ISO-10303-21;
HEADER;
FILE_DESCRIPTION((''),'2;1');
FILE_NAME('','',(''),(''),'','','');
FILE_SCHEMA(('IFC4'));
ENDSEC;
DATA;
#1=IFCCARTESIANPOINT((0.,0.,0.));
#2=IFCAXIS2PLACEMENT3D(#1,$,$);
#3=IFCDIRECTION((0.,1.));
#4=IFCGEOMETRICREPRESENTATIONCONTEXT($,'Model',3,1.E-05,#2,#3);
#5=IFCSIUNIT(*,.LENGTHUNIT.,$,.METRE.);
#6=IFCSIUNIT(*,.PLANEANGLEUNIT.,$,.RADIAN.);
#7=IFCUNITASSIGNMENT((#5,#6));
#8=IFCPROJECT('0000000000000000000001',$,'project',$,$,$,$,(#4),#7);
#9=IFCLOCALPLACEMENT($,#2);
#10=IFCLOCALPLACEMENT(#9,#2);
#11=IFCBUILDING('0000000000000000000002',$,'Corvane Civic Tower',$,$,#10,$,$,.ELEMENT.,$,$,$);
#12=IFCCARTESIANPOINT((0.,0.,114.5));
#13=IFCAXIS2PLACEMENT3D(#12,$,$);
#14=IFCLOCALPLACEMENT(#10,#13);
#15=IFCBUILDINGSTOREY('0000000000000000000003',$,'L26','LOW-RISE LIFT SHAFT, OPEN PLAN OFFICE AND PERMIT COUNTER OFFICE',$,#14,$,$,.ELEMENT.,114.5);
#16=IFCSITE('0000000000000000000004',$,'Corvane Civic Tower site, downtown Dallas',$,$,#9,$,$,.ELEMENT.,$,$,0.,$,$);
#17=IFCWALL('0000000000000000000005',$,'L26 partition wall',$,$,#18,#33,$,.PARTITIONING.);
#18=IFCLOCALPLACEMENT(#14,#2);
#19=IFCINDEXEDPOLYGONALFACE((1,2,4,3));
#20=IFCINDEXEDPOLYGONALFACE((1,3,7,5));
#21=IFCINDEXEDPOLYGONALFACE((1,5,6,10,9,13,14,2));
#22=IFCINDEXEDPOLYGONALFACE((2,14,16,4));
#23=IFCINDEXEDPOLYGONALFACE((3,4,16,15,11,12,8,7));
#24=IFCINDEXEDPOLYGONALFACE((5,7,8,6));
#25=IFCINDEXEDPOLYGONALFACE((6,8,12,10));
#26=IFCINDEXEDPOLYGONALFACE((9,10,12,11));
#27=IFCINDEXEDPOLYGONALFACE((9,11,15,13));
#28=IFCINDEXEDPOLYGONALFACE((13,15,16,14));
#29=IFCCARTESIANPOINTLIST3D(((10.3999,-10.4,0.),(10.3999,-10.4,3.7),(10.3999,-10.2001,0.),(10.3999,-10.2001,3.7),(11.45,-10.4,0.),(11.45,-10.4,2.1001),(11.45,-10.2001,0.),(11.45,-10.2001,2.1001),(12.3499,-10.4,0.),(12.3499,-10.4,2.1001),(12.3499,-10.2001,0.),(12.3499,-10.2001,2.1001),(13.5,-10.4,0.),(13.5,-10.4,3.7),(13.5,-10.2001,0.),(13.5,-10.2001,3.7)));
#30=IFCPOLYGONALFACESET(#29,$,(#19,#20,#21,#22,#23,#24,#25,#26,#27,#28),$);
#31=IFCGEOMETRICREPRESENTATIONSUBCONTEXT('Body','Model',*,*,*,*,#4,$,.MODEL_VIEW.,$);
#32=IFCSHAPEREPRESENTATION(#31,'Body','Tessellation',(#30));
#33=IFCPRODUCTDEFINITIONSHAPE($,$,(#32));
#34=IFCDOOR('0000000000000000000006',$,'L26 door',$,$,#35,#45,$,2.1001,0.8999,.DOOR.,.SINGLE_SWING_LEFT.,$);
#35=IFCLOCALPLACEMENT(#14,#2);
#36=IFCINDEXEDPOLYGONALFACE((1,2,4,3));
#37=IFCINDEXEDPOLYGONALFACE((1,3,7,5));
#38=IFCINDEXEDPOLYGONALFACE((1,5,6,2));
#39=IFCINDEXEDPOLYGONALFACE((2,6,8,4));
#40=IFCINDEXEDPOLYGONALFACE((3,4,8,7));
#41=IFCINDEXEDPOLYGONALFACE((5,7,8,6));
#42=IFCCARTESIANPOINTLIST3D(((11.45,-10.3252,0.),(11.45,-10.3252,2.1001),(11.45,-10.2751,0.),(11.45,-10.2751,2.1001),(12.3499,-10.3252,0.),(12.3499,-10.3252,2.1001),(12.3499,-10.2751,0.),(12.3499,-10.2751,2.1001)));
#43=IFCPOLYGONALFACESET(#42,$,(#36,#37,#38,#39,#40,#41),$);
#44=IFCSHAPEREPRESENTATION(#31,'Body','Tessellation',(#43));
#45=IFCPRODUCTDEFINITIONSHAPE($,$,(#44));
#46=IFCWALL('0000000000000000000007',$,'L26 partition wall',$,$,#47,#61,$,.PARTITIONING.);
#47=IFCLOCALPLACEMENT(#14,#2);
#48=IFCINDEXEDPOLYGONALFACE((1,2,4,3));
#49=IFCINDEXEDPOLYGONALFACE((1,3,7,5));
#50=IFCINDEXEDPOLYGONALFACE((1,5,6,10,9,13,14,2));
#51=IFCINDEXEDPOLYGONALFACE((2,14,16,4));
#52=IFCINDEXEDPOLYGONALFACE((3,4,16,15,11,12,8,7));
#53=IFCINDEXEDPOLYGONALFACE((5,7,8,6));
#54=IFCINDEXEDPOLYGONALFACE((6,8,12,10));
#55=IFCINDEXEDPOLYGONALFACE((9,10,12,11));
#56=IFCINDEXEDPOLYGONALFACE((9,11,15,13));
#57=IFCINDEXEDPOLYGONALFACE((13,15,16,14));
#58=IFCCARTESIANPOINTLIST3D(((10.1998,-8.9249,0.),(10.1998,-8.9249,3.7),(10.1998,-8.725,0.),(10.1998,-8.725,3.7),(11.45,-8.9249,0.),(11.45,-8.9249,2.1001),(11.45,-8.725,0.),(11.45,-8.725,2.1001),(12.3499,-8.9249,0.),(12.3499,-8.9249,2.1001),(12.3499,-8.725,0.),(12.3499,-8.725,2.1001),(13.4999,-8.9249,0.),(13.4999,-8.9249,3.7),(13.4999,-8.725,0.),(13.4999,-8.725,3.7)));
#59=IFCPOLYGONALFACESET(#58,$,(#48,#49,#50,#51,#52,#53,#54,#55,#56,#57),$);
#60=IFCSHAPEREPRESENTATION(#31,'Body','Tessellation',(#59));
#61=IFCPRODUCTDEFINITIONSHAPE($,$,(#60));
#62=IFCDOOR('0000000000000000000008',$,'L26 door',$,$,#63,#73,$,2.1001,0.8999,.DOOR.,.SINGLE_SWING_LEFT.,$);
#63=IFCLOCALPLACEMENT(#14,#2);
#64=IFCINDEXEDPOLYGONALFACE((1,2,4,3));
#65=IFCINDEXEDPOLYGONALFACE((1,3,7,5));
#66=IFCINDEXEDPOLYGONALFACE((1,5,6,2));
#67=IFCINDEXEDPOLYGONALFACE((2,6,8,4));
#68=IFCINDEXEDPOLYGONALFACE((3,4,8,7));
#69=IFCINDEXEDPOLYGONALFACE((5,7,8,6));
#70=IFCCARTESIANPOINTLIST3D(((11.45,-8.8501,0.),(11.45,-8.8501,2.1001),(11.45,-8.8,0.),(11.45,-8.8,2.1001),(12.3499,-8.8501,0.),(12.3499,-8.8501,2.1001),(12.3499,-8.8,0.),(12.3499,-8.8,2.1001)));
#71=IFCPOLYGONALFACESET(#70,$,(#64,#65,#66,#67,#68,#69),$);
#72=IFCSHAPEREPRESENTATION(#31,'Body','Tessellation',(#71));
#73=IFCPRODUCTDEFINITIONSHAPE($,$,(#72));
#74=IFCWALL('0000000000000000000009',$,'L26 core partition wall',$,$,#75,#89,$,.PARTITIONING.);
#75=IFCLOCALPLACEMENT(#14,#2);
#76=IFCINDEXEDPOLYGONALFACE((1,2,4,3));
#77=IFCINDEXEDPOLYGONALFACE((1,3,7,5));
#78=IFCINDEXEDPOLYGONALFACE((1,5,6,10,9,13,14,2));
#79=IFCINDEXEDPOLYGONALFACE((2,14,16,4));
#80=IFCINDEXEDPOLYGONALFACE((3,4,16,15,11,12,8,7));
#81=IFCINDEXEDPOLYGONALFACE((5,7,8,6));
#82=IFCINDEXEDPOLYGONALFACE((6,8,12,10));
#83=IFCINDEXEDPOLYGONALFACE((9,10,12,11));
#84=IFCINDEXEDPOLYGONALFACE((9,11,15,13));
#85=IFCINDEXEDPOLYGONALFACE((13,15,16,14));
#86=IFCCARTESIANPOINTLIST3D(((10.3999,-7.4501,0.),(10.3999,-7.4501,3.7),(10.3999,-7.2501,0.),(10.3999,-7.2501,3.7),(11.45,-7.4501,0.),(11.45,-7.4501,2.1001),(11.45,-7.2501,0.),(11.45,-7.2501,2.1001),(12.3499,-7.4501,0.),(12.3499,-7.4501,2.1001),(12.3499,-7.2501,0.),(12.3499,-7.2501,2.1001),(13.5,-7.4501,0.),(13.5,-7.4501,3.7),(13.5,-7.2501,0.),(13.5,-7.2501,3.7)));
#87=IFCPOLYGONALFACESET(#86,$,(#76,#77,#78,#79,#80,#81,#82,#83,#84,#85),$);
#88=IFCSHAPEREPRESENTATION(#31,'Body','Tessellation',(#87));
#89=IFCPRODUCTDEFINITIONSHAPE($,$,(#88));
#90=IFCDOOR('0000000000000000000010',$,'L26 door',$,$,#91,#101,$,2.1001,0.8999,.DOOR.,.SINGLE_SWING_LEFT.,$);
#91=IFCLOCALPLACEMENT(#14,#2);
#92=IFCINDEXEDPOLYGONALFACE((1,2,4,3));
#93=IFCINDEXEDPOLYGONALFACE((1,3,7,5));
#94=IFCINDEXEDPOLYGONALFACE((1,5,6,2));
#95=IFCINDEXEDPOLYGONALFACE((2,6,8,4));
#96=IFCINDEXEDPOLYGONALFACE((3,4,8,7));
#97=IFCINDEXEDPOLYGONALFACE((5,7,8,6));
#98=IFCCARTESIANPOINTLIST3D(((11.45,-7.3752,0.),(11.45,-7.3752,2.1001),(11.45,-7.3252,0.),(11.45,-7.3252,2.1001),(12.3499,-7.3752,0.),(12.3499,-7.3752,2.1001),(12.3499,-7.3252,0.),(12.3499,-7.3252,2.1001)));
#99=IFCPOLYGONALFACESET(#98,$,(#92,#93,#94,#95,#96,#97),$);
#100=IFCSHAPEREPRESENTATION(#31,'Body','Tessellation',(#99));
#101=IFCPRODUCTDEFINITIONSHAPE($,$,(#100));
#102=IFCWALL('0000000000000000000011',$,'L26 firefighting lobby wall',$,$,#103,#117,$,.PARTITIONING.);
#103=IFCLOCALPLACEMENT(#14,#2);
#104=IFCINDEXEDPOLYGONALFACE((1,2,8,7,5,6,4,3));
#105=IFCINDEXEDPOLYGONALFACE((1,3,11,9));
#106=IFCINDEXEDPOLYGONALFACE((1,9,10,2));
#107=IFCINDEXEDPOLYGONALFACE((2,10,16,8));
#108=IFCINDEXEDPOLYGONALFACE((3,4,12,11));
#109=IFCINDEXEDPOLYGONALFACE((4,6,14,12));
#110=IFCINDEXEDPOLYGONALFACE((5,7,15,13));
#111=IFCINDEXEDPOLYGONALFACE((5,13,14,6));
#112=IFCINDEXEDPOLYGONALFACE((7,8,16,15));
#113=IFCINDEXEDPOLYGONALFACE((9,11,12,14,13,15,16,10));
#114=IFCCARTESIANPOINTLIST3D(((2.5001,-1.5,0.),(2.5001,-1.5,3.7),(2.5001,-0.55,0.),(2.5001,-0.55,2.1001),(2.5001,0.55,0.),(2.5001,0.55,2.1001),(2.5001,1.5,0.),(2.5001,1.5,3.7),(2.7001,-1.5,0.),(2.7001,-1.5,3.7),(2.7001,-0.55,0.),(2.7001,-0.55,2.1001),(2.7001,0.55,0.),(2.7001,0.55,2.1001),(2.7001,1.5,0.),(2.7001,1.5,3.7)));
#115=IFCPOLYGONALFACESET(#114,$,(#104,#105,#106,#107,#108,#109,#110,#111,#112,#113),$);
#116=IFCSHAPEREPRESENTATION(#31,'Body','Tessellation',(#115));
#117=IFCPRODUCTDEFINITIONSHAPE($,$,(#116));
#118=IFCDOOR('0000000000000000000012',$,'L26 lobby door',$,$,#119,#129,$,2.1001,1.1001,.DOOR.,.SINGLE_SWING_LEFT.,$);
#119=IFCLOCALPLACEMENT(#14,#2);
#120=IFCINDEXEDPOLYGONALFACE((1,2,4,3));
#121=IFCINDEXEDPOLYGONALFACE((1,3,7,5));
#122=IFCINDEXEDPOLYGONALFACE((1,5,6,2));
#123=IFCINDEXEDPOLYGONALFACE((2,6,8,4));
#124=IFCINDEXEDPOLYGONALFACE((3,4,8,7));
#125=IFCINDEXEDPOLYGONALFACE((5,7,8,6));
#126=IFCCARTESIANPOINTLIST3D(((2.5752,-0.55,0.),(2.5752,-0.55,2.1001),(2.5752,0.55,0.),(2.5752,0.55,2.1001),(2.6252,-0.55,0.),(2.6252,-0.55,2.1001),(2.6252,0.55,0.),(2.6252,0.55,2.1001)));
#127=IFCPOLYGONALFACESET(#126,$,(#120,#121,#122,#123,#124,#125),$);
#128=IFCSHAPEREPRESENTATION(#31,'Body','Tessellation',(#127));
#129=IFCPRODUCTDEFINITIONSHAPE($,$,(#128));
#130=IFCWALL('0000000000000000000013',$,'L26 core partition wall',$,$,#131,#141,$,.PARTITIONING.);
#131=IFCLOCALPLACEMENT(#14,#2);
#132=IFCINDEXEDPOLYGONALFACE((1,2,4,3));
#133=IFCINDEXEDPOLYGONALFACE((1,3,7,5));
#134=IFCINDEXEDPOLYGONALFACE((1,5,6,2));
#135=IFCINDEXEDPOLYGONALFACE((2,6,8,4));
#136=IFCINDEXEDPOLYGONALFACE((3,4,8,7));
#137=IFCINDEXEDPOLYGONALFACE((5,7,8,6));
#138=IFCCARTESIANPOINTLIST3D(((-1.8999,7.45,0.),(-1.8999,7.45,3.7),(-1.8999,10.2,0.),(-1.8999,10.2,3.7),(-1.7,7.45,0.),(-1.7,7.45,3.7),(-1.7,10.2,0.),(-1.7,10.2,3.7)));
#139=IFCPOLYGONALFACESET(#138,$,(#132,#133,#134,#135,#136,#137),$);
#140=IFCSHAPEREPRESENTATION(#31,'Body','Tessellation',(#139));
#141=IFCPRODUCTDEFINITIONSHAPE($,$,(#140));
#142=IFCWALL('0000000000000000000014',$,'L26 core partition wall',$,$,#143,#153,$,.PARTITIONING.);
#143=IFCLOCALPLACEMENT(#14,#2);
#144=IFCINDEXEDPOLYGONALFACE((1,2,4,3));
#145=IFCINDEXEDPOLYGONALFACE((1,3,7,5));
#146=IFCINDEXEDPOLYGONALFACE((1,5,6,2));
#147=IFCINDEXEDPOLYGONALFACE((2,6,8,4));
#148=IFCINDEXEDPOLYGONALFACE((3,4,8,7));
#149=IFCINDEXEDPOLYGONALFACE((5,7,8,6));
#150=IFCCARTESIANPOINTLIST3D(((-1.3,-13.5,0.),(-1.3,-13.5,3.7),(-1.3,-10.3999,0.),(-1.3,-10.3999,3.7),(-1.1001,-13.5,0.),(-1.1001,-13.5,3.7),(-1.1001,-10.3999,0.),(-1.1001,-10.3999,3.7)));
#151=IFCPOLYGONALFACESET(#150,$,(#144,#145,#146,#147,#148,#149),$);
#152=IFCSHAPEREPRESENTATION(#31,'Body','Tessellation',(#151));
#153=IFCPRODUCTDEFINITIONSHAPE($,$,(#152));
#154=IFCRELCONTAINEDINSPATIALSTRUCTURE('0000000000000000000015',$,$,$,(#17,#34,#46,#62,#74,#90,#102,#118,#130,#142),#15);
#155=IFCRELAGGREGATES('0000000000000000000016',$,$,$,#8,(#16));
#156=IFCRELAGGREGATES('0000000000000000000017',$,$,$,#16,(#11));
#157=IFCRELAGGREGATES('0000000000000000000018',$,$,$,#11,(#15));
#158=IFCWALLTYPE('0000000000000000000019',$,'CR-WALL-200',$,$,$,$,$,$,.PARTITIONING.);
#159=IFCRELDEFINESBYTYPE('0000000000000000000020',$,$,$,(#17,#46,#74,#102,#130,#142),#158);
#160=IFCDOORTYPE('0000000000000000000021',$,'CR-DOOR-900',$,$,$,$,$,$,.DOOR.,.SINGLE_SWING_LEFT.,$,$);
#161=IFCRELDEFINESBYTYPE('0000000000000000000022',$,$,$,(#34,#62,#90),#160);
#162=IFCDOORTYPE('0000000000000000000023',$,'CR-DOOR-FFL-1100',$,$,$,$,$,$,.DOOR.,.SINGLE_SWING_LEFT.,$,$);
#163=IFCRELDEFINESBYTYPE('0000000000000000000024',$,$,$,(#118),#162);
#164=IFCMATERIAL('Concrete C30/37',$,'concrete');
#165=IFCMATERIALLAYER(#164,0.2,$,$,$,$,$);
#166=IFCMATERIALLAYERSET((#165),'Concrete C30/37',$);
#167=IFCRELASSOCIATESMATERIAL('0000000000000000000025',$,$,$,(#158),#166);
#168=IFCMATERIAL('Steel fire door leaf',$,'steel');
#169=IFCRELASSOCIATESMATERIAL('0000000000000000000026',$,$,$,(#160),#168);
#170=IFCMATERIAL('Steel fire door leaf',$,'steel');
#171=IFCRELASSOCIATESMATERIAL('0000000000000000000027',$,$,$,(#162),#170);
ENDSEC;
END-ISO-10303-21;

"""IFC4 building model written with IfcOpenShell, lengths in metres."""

from ifc_helpers import new_model, si_unit, direction, frame, frame_2d, origin, place, context, subcontext, project, spatial, polyline, rectangle, outline, extrude, material, layer, layer_set, type_object, element, fill, save


model = new_model("IFC4")

# Units and contexts
model_context = context("Model", 3, precision=1e-05, world=origin(), true_north=direction((0.0, 1.0)))
body_context = subcontext(model_context, "Body", "Model", "MODEL_VIEW")
ifc_project = project(units=[si_unit("LENGTHUNIT", "METRE"), si_unit("PLANEANGLEUNIT", "RADIAN")], contexts=[model_context])

# Site, building, storey
site_placement = place(None, origin())
site = spatial("IfcSite", under=ifc_project, at=site_placement, Name="Corvane Civic Tower site, downtown Dallas", CompositionType="ELEMENT", RefElevation=0.0)
building_placement = place(site_placement, origin())
building = spatial("IfcBuilding", under=site, at=building_placement, Name="Corvane Civic Tower", CompositionType="ELEMENT")
storey_placement = place(building_placement, frame((0.0, 0.0, 114.5)))
storey = spatial("IfcBuildingStorey", under=building, at=storey_placement, Name="L26", Description="LOW-RISE LIFT SHAFT, OPEN PLAN OFFICE AND PERMIT COUNTER OFFICE", CompositionType="ELEMENT", Elevation=114.5)

# Walls, openings, doors
ifc_material_1 = material(Name="Concrete C30/37", Category="concrete")
ifc_layer_1 = layer(ifc_material_1, 0.2)
ifc_layer_set_1 = layer_set([ifc_layer_1], Name="Concrete C30/37")
wall_type_1 = type_object("IfcWallType", Name="CR-WALL-200", PredefinedType="PARTITIONING", material=ifc_layer_set_1)
wall_1_placement = place(storey_placement, frame((10.3999, -10.3, 0.0), z_axis=(0.0, 0.0, 1.0), x_axis=(1.0, 0.0, 0.0)))
wall_1 = element("IfcWall", 1, at=wall_1_placement, inside=storey, type_object=wall_type_1, Name="L26 partition wall", PredefinedType="PARTITIONING", context=body_context, shape_type="SweptSolid", body=[
    extrude(rectangle(XDim=3.1001, YDim=0.2, at=frame_2d((1.55, 0.0))), origin(), (0.0, 0.0, 1.0), 3.7),
])
opening_1_placement = place(wall_1_placement, frame((1.05, 0.0, 0.0)))
opening_1 = element("IfcOpeningElement", 2, at=opening_1_placement, cuts=wall_1, PredefinedType="OPENING", context=body_context, shape_type="SweptSolid", body=[
    extrude(rectangle(XDim=0.8999, YDim=2.1001, at=frame_2d((0.45, 1.05))), frame((0.0, 0.1099, 0.0), z_axis=(0.0, -1.0, 0.0), x_axis=(1.0, 0.0, 0.0)), (0.0, 0.0, 1.0), 0.22),
])
ifc_material_2 = material(Name="Steel fire door leaf", Category="steel")
door_type_1 = type_object("IfcDoorType", Name="CR-DOOR-900", OperationType="SINGLE_SWING_LEFT", PredefinedType="DOOR", material=ifc_material_2)
door_1_placement = place(opening_1_placement, origin())
door_1 = element("IfcDoor", 3, at=door_1_placement, inside=storey, type_object=door_type_1, Name="L26 door", OperationType="SINGLE_SWING_LEFT", OverallHeight=2.1001, OverallWidth=0.8999, PredefinedType="DOOR", context=body_context, shape_type="SweptSolid", body=[
    extrude(rectangle(XDim=0.8999, YDim=2.1001, at=frame_2d((0.45, 1.05))), frame((0.0, 0.0249, 0.0), z_axis=(0.0, -1.0, 0.0), x_axis=(1.0, 0.0, 0.0)), (0.0, 0.0, 1.0), 0.05),
])
fill(opening_1, door_1)
wall_2_placement = place(storey_placement, frame((10.2, -8.825, 0.0), z_axis=(0.0, 0.0, 1.0), x_axis=(1.0, 0.0, 0.0)))
wall_2 = element("IfcWall", 4, at=wall_2_placement, inside=storey, type_object=wall_type_1, Name="L26 partition wall", PredefinedType="PARTITIONING", context=body_context, shape_type="SweptSolid", body=[
    extrude(rectangle(XDim=3.3, YDim=0.2, at=frame_2d((1.6499, 0.0))), origin(), (0.0, 0.0, 1.0), 3.7),
])
opening_2_placement = place(wall_2_placement, frame((1.25, 0.0, 0.0)))
opening_2 = element("IfcOpeningElement", 5, at=opening_2_placement, cuts=wall_2, PredefinedType="OPENING", context=body_context, shape_type="SweptSolid", body=[
    extrude(rectangle(XDim=0.8999, YDim=2.1001, at=frame_2d((0.45, 1.05))), frame((0.0, 0.1099, 0.0), z_axis=(0.0, -1.0, 0.0), x_axis=(1.0, 0.0, 0.0)), (0.0, 0.0, 1.0), 0.22),
])
door_2_placement = place(opening_2_placement, origin())
door_2 = element("IfcDoor", 6, at=door_2_placement, inside=storey, type_object=door_type_1, Name="L26 door", OperationType="SINGLE_SWING_LEFT", OverallHeight=2.1001, OverallWidth=0.8999, PredefinedType="DOOR", context=body_context, shape_type="SweptSolid", body=[
    extrude(rectangle(XDim=0.8999, YDim=2.1001, at=frame_2d((0.45, 1.05))), frame((0.0, 0.0249, 0.0), z_axis=(0.0, -1.0, 0.0), x_axis=(1.0, 0.0, 0.0)), (0.0, 0.0, 1.0), 0.05),
])
fill(opening_2, door_2)
wall_3_placement = place(storey_placement, frame((10.3999, -7.3501, 0.0), z_axis=(0.0, 0.0, 1.0), x_axis=(1.0, 0.0, 0.0)))
wall_3 = element("IfcWall", 7, at=wall_3_placement, inside=storey, type_object=wall_type_1, Name="L26 core partition wall", PredefinedType="PARTITIONING", context=body_context, shape_type="SweptSolid", body=[
    extrude(rectangle(XDim=3.1001, YDim=0.2, at=frame_2d((1.55, 0.0))), origin(), (0.0, 0.0, 1.0), 3.7),
])
opening_3_placement = place(wall_3_placement, frame((1.05, 0.0, 0.0)))
opening_3 = element("IfcOpeningElement", 8, at=opening_3_placement, cuts=wall_3, PredefinedType="OPENING", context=body_context, shape_type="SweptSolid", body=[
    extrude(rectangle(XDim=0.8999, YDim=2.1001, at=frame_2d((0.45, 1.05))), frame((0.0, 0.1099, 0.0), z_axis=(0.0, -1.0, 0.0), x_axis=(1.0, 0.0, 0.0)), (0.0, 0.0, 1.0), 0.22),
])
door_3_placement = place(opening_3_placement, origin())
door_3 = element("IfcDoor", 9, at=door_3_placement, inside=storey, type_object=door_type_1, Name="L26 door", OperationType="SINGLE_SWING_LEFT", OverallHeight=2.1001, OverallWidth=0.8999, PredefinedType="DOOR", context=body_context, shape_type="SweptSolid", body=[
    extrude(rectangle(XDim=0.8999, YDim=2.1001, at=frame_2d((0.45, 1.05))), frame((0.0, 0.0249, 0.0), z_axis=(0.0, -1.0, 0.0), x_axis=(1.0, 0.0, 0.0)), (0.0, 0.0, 1.0), 0.05),
])
fill(opening_3, door_3)
wall_4_placement = place(storey_placement, frame((2.6001, -1.5, 0.0), z_axis=(0.0, 0.0, 1.0), x_axis=(0.0, 1.0, 0.0)))
wall_4 = element("IfcWall", 10, at=wall_4_placement, inside=storey, type_object=wall_type_1, Name="L26 firefighting lobby wall", PredefinedType="PARTITIONING", context=body_context, shape_type="SweptSolid", body=[
    extrude(rectangle(XDim=3.0, YDim=0.2, at=frame_2d((1.5, 0.0))), origin(), (0.0, 0.0, 1.0), 3.7),
])
opening_4_placement = place(wall_4_placement, frame((0.95, 0.0, 0.0)))
opening_4 = element("IfcOpeningElement", 11, at=opening_4_placement, cuts=wall_4, PredefinedType="OPENING", context=body_context, shape_type="SweptSolid", body=[
    extrude(rectangle(XDim=1.1001, YDim=2.1001, at=frame_2d((0.55, 1.05))), frame((0.0, 0.1099, 0.0), z_axis=(0.0, -1.0, 0.0), x_axis=(1.0, 0.0, 0.0)), (0.0, 0.0, 1.0), 0.22),
])
ifc_material_3 = material(Name="Steel fire door leaf", Category="steel")
door_type_2 = type_object("IfcDoorType", Name="CR-DOOR-FFL-1100", OperationType="SINGLE_SWING_LEFT", PredefinedType="DOOR", material=ifc_material_3)
door_4_placement = place(opening_4_placement, origin())
door_4 = element("IfcDoor", 12, at=door_4_placement, inside=storey, type_object=door_type_2, Name="L26 lobby door", OperationType="SINGLE_SWING_LEFT", OverallHeight=2.1001, OverallWidth=1.1001, PredefinedType="DOOR", context=body_context, shape_type="SweptSolid", body=[
    extrude(rectangle(XDim=1.1001, YDim=2.1001, at=frame_2d((0.55, 1.05))), frame((0.0, 0.0249, 0.0), z_axis=(0.0, -1.0, 0.0), x_axis=(1.0, 0.0, 0.0)), (0.0, 0.0, 1.0), 0.05),
])
fill(opening_4, door_4)

# Walls
wall_5_placement = place(storey_placement, origin())
element("IfcWall", 13, at=wall_5_placement, inside=storey, type_object=wall_type_1, Name="L26 core partition wall", PredefinedType="PARTITIONING", context=body_context, shape_type="SweptSolid", body=[
    extrude(outline(polyline([(-1.7, 7.45), (-1.8999, 7.45), (-1.8999, 10.2), (-1.7, 10.2), (-1.7, 7.45)])), origin(), (0.0, 0.0, 1.0), 3.7),
])
wall_6_placement = place(storey_placement, origin())
element("IfcWall", 14, at=wall_6_placement, inside=storey, type_object=wall_type_1, Name="L26 core partition wall", PredefinedType="PARTITIONING", context=body_context, shape_type="SweptSolid", body=[
    extrude(outline(polyline([(-1.1001, -10.3999), (-1.1001, -13.5), (-1.3, -13.5), (-1.3, -10.3999), (-1.1001, -10.3999)])), origin(), (0.0, 0.0, 1.0), 3.7),
])

save(model, "model.ifc")
